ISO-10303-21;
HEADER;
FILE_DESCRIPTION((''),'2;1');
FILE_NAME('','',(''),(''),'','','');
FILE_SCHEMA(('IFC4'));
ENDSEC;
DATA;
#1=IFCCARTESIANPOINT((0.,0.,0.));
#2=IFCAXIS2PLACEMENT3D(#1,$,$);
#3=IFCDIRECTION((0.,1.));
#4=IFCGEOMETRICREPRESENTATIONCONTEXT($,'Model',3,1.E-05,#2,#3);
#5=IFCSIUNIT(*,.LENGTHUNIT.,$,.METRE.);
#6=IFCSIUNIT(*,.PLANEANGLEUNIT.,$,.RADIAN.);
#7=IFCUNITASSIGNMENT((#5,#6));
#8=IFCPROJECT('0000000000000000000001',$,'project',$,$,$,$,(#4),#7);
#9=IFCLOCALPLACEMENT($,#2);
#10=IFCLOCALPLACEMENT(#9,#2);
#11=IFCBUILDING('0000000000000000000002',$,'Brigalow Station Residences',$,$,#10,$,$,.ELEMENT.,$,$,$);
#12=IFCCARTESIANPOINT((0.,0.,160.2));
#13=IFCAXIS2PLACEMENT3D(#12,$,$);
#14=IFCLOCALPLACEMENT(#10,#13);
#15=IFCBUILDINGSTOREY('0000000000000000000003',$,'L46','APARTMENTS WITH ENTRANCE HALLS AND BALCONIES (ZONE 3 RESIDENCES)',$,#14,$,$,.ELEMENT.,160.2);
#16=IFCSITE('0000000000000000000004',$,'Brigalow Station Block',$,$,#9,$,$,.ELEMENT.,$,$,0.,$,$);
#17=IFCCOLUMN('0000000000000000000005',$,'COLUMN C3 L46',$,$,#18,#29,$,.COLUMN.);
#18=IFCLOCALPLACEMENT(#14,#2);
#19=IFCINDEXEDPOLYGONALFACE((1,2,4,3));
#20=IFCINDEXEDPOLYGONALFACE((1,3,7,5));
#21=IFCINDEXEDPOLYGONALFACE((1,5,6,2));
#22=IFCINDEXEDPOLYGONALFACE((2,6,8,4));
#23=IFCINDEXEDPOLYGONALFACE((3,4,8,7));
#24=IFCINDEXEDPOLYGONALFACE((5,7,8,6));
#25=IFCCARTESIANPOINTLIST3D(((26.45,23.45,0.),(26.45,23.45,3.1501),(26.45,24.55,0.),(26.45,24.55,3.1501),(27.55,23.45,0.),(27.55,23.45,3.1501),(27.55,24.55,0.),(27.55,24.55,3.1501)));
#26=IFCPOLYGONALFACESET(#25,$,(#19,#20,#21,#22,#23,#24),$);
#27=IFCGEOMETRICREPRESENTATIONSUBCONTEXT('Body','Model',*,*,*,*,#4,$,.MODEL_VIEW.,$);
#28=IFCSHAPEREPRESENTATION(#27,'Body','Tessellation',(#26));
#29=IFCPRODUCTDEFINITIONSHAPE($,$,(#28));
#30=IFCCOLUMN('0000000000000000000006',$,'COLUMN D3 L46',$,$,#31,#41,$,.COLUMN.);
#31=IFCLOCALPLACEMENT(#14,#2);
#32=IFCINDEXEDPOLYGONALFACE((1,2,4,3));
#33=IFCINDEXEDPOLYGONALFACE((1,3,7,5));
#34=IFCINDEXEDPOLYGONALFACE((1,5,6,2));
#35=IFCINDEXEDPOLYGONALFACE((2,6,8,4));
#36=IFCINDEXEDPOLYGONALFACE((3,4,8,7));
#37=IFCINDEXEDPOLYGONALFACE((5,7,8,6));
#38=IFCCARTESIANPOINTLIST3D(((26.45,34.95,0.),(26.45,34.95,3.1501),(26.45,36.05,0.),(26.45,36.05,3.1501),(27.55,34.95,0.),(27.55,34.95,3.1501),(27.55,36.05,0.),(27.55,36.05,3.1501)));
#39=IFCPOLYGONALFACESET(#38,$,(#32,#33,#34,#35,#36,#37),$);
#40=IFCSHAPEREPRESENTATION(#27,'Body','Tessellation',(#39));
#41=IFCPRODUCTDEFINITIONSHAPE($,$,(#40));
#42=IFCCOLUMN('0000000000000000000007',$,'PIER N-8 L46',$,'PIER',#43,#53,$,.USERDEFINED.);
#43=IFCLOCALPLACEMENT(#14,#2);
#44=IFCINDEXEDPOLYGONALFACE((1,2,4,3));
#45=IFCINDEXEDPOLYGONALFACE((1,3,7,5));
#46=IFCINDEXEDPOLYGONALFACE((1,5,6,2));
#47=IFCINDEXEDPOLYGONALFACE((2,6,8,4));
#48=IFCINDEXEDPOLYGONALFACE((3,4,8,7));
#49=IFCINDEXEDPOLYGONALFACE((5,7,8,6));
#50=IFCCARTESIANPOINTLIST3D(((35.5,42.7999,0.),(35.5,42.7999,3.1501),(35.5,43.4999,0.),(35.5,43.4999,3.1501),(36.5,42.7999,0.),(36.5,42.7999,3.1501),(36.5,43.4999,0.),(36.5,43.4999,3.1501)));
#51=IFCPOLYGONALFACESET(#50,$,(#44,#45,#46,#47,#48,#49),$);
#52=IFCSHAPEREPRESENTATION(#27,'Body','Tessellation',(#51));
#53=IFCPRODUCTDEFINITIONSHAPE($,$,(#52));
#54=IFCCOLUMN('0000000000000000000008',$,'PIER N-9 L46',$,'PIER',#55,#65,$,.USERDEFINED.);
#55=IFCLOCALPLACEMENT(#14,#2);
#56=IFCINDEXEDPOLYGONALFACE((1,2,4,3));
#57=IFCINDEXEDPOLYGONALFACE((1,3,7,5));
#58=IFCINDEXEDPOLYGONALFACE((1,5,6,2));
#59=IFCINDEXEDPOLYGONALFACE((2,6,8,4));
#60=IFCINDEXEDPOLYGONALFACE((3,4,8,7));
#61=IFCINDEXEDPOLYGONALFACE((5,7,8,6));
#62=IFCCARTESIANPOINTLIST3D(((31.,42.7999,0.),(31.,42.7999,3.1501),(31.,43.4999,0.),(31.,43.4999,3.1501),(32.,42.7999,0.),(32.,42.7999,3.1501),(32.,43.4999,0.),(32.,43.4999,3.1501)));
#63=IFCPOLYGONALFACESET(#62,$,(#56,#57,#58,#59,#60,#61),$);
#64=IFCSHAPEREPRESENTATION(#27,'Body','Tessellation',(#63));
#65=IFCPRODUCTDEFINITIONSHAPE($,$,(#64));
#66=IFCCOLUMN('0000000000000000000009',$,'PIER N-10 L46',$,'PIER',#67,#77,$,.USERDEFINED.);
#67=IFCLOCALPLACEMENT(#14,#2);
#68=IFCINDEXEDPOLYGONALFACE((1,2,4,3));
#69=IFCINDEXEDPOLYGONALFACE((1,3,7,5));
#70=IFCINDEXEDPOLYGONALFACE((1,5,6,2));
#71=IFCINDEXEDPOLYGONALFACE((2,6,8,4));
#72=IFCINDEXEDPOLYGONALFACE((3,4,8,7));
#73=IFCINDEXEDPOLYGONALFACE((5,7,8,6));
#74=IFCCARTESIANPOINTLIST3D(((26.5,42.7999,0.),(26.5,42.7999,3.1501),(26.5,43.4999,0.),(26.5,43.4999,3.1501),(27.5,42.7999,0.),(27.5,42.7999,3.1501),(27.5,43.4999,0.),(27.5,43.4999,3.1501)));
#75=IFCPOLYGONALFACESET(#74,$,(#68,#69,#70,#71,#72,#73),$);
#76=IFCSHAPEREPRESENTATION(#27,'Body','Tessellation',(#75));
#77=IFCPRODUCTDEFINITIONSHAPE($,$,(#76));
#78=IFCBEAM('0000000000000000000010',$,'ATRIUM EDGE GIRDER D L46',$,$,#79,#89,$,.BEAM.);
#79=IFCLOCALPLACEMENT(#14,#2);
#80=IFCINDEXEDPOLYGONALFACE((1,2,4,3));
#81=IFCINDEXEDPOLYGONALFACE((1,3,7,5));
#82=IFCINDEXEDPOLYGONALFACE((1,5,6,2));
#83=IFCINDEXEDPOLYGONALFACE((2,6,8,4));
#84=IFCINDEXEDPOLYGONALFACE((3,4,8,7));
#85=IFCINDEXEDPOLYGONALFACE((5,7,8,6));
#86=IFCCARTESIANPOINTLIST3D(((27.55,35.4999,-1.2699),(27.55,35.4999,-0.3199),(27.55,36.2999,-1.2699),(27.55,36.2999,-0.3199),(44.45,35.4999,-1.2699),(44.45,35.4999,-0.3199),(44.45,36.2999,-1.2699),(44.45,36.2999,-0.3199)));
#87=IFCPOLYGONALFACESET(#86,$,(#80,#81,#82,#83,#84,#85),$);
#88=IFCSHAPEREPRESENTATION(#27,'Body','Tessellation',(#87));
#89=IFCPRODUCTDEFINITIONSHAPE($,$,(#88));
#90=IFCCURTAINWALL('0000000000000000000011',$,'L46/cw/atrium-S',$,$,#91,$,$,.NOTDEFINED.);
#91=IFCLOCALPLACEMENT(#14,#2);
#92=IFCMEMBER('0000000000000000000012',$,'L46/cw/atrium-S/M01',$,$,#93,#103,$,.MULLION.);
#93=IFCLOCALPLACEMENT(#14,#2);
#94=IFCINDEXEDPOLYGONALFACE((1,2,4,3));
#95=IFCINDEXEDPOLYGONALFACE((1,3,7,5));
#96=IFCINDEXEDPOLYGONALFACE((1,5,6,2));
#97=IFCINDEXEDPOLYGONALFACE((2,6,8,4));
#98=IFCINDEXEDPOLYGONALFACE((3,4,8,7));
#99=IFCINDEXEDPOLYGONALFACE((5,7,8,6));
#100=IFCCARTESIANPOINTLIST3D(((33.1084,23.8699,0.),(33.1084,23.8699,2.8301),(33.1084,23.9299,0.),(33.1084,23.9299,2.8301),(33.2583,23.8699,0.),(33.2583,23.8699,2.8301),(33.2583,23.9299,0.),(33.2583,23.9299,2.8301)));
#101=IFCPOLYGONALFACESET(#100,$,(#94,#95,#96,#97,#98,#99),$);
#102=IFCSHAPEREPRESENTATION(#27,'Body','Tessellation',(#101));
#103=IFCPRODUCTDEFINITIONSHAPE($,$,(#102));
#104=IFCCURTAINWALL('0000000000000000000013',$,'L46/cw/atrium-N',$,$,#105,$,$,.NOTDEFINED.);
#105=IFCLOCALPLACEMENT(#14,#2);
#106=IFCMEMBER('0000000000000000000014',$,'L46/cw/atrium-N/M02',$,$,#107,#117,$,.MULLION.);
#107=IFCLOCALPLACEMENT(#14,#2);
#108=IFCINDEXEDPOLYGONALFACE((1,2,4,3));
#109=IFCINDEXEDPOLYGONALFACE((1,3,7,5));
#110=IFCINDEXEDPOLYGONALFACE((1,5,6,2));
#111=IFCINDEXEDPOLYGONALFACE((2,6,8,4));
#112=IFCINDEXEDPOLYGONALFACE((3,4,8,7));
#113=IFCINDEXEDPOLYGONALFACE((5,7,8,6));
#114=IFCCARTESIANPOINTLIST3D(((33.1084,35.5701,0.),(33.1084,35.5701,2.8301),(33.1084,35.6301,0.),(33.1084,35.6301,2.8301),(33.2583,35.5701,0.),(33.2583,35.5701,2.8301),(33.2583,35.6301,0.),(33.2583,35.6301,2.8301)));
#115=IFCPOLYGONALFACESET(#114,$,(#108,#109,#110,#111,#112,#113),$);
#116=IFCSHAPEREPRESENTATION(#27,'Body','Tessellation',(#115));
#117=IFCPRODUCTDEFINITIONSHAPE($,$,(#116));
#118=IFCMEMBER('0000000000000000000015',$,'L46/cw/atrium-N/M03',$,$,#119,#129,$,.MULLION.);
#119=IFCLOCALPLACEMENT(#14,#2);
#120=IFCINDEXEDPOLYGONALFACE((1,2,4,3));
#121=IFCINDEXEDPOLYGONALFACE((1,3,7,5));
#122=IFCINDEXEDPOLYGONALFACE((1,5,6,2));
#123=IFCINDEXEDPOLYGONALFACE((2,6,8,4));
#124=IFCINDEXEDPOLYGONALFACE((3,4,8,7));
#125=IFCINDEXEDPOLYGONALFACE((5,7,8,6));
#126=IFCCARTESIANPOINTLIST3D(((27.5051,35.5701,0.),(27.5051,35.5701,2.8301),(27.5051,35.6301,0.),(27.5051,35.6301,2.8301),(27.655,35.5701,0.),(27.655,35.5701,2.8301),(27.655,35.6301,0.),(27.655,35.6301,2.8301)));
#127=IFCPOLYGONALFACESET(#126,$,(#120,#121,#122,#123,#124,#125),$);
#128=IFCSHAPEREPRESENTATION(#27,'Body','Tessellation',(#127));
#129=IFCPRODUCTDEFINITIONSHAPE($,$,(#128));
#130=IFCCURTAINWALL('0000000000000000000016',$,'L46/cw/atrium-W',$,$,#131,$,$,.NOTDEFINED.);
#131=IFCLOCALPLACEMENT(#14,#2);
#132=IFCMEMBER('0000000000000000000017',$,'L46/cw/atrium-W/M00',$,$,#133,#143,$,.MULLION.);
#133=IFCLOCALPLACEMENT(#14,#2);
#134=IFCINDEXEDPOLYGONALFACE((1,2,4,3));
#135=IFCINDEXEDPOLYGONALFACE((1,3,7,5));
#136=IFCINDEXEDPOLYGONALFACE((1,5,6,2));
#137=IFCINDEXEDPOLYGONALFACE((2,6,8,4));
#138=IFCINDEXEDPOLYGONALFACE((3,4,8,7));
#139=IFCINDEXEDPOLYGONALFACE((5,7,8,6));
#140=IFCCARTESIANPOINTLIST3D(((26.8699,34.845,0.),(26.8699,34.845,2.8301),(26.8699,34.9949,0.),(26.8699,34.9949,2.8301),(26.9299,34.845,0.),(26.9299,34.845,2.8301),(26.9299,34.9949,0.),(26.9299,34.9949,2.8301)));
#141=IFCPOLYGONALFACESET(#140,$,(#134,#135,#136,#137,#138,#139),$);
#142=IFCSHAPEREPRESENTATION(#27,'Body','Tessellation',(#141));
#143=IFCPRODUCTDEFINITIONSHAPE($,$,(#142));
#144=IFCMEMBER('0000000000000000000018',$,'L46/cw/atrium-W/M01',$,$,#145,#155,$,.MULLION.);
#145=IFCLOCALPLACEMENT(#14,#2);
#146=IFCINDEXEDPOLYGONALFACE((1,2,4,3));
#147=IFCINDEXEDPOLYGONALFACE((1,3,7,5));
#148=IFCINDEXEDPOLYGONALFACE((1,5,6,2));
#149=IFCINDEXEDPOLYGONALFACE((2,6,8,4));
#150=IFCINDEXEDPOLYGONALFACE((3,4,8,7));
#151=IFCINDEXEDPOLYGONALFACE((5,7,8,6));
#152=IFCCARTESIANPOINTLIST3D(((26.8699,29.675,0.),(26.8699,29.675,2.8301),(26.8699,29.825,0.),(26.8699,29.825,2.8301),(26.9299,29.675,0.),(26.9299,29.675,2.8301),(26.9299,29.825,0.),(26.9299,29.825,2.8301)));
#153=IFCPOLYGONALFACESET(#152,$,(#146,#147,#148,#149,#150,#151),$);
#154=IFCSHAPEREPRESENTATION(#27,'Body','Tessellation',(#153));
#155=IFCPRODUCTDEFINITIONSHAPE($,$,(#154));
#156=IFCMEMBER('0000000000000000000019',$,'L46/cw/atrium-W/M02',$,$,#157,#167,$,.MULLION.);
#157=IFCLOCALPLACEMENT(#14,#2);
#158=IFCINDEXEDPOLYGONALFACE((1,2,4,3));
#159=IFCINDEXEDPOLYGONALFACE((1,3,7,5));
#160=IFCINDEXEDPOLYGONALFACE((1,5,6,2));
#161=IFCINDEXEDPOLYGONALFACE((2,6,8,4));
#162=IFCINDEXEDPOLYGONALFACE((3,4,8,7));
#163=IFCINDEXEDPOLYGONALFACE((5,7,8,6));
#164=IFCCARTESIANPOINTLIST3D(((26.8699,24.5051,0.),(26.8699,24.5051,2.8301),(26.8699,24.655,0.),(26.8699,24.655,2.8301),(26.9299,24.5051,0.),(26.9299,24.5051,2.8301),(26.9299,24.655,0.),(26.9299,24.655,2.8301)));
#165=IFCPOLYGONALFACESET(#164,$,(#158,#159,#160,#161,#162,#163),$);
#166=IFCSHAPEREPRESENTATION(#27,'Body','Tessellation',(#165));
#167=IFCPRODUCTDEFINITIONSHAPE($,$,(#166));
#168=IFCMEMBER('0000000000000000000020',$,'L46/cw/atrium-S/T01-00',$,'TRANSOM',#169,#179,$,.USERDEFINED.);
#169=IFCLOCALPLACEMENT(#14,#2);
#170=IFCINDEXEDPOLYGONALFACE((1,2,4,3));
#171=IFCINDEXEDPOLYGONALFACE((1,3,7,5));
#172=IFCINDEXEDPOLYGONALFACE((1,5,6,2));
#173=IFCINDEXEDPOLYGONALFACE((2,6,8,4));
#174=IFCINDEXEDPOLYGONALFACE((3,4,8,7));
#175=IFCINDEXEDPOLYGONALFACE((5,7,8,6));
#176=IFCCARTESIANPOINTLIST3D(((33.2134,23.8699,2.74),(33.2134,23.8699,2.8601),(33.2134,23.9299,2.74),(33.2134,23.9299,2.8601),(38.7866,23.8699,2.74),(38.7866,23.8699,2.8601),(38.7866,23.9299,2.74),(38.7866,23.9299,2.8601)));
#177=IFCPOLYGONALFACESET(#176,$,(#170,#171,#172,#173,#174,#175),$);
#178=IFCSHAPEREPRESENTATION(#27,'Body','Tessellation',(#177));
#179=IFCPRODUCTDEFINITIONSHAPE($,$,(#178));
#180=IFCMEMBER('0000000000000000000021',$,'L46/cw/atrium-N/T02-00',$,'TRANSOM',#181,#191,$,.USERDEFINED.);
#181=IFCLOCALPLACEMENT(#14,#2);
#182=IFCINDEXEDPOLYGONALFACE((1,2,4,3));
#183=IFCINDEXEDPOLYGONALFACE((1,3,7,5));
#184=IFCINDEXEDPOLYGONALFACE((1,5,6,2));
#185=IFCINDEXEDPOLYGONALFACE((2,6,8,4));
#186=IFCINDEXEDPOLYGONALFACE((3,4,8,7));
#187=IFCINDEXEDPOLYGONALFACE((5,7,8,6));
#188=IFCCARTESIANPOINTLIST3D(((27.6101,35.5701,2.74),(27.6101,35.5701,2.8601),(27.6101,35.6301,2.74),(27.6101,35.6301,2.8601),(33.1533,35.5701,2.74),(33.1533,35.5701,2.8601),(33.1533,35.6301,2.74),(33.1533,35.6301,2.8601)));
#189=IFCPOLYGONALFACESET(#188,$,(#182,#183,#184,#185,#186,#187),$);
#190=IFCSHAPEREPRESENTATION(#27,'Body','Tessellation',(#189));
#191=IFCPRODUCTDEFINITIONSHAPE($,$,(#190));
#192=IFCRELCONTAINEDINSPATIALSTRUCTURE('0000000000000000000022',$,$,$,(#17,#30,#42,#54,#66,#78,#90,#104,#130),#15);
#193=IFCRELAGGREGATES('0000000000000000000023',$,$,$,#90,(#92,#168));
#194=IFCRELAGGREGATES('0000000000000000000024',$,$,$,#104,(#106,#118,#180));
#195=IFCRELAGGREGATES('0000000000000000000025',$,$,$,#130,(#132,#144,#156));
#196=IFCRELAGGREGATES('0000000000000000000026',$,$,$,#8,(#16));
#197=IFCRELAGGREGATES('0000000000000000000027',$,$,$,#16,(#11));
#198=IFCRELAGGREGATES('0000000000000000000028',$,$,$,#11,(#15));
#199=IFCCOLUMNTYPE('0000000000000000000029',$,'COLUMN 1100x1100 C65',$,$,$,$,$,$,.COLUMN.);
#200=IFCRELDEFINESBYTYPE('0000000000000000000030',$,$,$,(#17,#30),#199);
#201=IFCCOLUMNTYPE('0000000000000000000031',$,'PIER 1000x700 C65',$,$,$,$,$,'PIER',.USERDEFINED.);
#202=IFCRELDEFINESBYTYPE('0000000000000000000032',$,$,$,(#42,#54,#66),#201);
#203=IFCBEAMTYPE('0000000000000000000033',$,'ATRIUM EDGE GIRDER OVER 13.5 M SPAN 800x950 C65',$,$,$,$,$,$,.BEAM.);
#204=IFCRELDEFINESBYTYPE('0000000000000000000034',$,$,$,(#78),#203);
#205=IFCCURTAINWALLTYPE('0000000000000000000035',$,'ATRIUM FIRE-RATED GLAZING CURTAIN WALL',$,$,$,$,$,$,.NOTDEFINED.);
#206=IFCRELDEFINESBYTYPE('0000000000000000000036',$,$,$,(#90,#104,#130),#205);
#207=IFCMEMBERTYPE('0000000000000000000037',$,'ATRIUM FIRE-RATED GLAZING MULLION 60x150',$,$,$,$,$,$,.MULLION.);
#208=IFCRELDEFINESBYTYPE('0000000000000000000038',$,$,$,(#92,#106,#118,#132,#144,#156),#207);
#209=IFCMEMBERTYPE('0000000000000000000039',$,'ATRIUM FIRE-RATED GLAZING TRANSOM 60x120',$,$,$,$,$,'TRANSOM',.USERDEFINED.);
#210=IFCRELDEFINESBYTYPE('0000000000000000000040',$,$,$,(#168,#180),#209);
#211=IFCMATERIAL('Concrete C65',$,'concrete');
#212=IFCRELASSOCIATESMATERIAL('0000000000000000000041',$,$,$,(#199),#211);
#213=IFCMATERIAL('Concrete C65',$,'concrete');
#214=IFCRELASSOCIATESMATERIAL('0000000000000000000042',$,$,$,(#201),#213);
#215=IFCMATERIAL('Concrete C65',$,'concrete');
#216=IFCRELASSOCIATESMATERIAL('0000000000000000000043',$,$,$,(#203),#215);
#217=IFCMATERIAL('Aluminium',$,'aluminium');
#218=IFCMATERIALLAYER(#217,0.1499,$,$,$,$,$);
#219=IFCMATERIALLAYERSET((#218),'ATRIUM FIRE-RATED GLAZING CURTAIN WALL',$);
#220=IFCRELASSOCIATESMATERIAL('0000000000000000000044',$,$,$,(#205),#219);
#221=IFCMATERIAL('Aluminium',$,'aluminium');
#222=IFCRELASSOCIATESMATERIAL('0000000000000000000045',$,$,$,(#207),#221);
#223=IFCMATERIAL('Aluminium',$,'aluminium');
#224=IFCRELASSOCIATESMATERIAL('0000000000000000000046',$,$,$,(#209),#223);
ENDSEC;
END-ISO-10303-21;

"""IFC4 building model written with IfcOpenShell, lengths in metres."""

from ifc_helpers import new_model, si_unit, direction, frame, origin, origin_2d, place, context, subcontext, project, spatial, rectangle, extrude, material, layer, layer_set, material_profile, profile_set, type_object, element, aggregate, save


model = new_model("IFC4")

# Units and contexts
model_context = context("Model", 3, precision=1e-05, world=origin(), true_north=direction((0.0, 1.0)))
body_context = subcontext(model_context, "Body", "Model", "MODEL_VIEW")
ifc_project = project(units=[si_unit("LENGTHUNIT", "METRE"), si_unit("PLANEANGLEUNIT", "RADIAN")], contexts=[model_context])

# Site, building, storey
site_placement = place(None, origin())
site = spatial("IfcSite", under=ifc_project, at=site_placement, Name="Brigalow Station Block", CompositionType="ELEMENT", RefElevation=0.0)
building_placement = place(site_placement, origin())
building = spatial("IfcBuilding", under=site, at=building_placement, Name="Brigalow Station Residences", CompositionType="ELEMENT")
storey_placement = place(building_placement, frame((0.0, 0.0, 160.2)))
storey = spatial("IfcBuildingStorey", under=building, at=storey_placement, Name="L46", Description="APARTMENTS WITH ENTRANCE HALLS AND BALCONIES (ZONE 3 RESIDENCES)", CompositionType="ELEMENT", Elevation=160.2)

# Columns
ifc_material_1 = material(Name="Concrete C65", Category="concrete")
ifc_material_profile_1 = material_profile(ifc_material_1, rectangle(XDim=1.1001, YDim=1.1001, at=origin_2d()), Name="RC1100x1100")
ifc_profile_set_1 = profile_set([ifc_material_profile_1], Name="Concrete C65")
column_type_1 = type_object("IfcColumnType", Name="COLUMN 1100x1100 C65", PredefinedType="COLUMN", material=ifc_profile_set_1)
for number, where, z_axis, x_axis, name in (
    (1, (27.0, 24.0, 0.0), (0.0, 0.0, 1.0), (1.0, 0.0, 0.0), "COLUMN C3 L46"),
    (2, (27.0, 35.5, 0.0), (0.0, 0.0, 1.0), (1.0, 0.0, 0.0), "COLUMN D3 L46"),
):
    element("IfcColumn", number, at=place(storey_placement, frame(where, z_axis=z_axis, x_axis=x_axis)), inside=storey, type_object=column_type_1, Name=name, PredefinedType="COLUMN", context=body_context, shape_type="SweptSolid", body=[
        extrude(rectangle(XDim=1.1001, YDim=1.1001, at=origin_2d()), origin(), (0.0, 0.0, 1.0), 3.1501),
    ])
ifc_material_2 = material(Name="Concrete C65", Category="concrete")
ifc_material_profile_2 = material_profile(ifc_material_2, rectangle(XDim=1.0, YDim=0.7, at=origin_2d()), Name="RC1000x700")
ifc_profile_set_2 = profile_set([ifc_material_profile_2], Name="Concrete C65")
column_type_2 = type_object("IfcColumnType", Name="PIER 1000x700 C65", ElementType="PIER", PredefinedType="USERDEFINED", material=ifc_profile_set_2)
for number, where, z_axis, x_axis, name in (
    (3, (36.0, 43.1499, 0.0), (0.0, 0.0, 1.0), (-1.0, 0.0, 0.0), "PIER N-8 L46"),
    (4, (31.5, 43.1499, 0.0), (0.0, 0.0, 1.0), (-1.0, 0.0, 0.0), "PIER N-9 L46"),
    (5, (27.0, 43.1499, 0.0), (0.0, 0.0, 1.0), (-1.0, 0.0, 0.0), "PIER N-10 L46"),
):
    element("IfcColumn", number, at=place(storey_placement, frame(where, z_axis=z_axis, x_axis=x_axis)), inside=storey, type_object=column_type_2, Name=name, ObjectType="PIER", PredefinedType="USERDEFINED", context=body_context, shape_type="SweptSolid", body=[
        extrude(rectangle(XDim=1.0, YDim=0.7, at=origin_2d()), origin(), (0.0, 0.0, 1.0), 3.1501),
    ])

# Beam
ifc_material_3 = material(Name="Concrete C65", Category="concrete")
ifc_material_profile_3 = material_profile(ifc_material_3, rectangle(XDim=0.8, YDim=0.95, at=origin_2d()), Name="RC800x950")
ifc_profile_set_3 = profile_set([ifc_material_profile_3], Name="Concrete C65")
beam_type = type_object("IfcBeamType", Name="ATRIUM EDGE GIRDER OVER 13.5 M SPAN 800x950 C65", PredefinedType="BEAM", material=ifc_profile_set_3)
beam_placement = place(storey_placement, frame((27.55, 35.8999, -0.7949), z_axis=(1.0, 0.0, 0.0), x_axis=(0.0, 1.0, 0.0)))
element("IfcBeam", 6, at=beam_placement, inside=storey, type_object=beam_type, Name="ATRIUM EDGE GIRDER D L46", PredefinedType="BEAM", context=body_context, shape_type="SweptSolid", body=[
    extrude(rectangle(XDim=0.8, YDim=0.95, at=origin_2d()), origin(), (0.0, 0.0, 1.0), 16.8999),
])

# Curtain wall, member
ifc_material_4 = material(Name="Aluminium", Category="aluminium")
ifc_layer_1 = layer(ifc_material_4, 0.1499)
ifc_layer_set_1 = layer_set([ifc_layer_1], Name="ATRIUM FIRE-RATED GLAZING CURTAIN WALL")
curtain_wall_type = type_object("IfcCurtainWallType", Name="ATRIUM FIRE-RATED GLAZING CURTAIN WALL", PredefinedType="NOTDEFINED", material=ifc_layer_set_1)
curtain_wall_1_placement = place(storey_placement, origin())
curtain_wall_1 = element("IfcCurtainWall", 7, at=curtain_wall_1_placement, inside=storey, type_object=curtain_wall_type, Name="L46/cw/atrium-S", PredefinedType="NOTDEFINED")
ifc_material_5 = material(Name="Aluminium", Category="aluminium")
ifc_material_profile_4 = material_profile(ifc_material_5, rectangle(XDim=0.0601, YDim=0.1499, at=origin_2d()), Name="ATRIUM FIRE-RATED GLAZING MULLION 60x150")
ifc_profile_set_4 = profile_set([ifc_material_profile_4], Name="Aluminium")
member_type_1 = type_object("IfcMemberType", Name="ATRIUM FIRE-RATED GLAZING MULLION 60x150", PredefinedType="MULLION", material=ifc_profile_set_4)
member_1_placement = place(storey_placement, frame((33.1833, 23.8999, 0.0), z_axis=(0.0, 0.0, 1.0), x_axis=(0.0, 1.0, 0.0)))
member_1 = element("IfcMember", 8, at=member_1_placement, type_object=member_type_1, Name="L46/cw/atrium-S/M01", PredefinedType="MULLION", context=body_context, shape_type="SweptSolid", body=[
    extrude(rectangle(XDim=0.0601, YDim=0.1499, at=origin_2d()), origin(), (0.0, 0.0, 1.0), 2.8301),
])

# Curtain walls, members
curtain_wall_2_placement = place(storey_placement, origin())
curtain_wall_2 = element("IfcCurtainWall", 9, at=curtain_wall_2_placement, inside=storey, type_object=curtain_wall_type, Name="L46/cw/atrium-N", PredefinedType="NOTDEFINED")
member_2_placement = place(storey_placement, frame((33.1833, 35.6001, 0.0), z_axis=(0.0, 0.0, 1.0), x_axis=(0.0, -1.0, 0.0)))
member_2 = element("IfcMember", 10, at=member_2_placement, type_object=member_type_1, Name="L46/cw/atrium-N/M02", PredefinedType="MULLION", context=body_context, shape_type="SweptSolid", body=[
    extrude(rectangle(XDim=0.0601, YDim=0.1499, at=origin_2d()), origin(), (0.0, 0.0, 1.0), 2.8301),
])
member_3_placement = place(storey_placement, frame((27.5801, 35.6001, 0.0), z_axis=(0.0, 0.0, 1.0), x_axis=(0.0, -1.0, 0.0)))
member_3 = element("IfcMember", 11, at=member_3_placement, type_object=member_type_1, Name="L46/cw/atrium-N/M03", PredefinedType="MULLION", context=body_context, shape_type="SweptSolid", body=[
    extrude(rectangle(XDim=0.0601, YDim=0.1499, at=origin_2d()), origin(), (0.0, 0.0, 1.0), 2.8301),
])
curtain_wall_3_placement = place(storey_placement, origin())
curtain_wall_3 = element("IfcCurtainWall", 12, at=curtain_wall_3_placement, inside=storey, type_object=curtain_wall_type, Name="L46/cw/atrium-W", PredefinedType="NOTDEFINED")
member_4_placement = place(storey_placement, frame((26.8999, 34.9199, 0.0), z_axis=(0.0, 0.0, 1.0), x_axis=(1.0, 0.0, 0.0)))
member_4 = element("IfcMember", 13, at=member_4_placement, type_object=member_type_1, Name="L46/cw/atrium-W/M00", PredefinedType="MULLION", context=body_context, shape_type="SweptSolid", body=[
    extrude(rectangle(XDim=0.0601, YDim=0.1499, at=origin_2d()), origin(), (0.0, 0.0, 1.0), 2.8301),
])
member_5_placement = place(storey_placement, frame((26.8999, 29.75, 0.0), z_axis=(0.0, 0.0, 1.0), x_axis=(1.0, 0.0, 0.0)))
member_5 = element("IfcMember", 14, at=member_5_placement, type_object=member_type_1, Name="L46/cw/atrium-W/M01", PredefinedType="MULLION", context=body_context, shape_type="SweptSolid", body=[
    extrude(rectangle(XDim=0.0601, YDim=0.1499, at=origin_2d()), origin(), (0.0, 0.0, 1.0), 2.8301),
])
member_6_placement = place(storey_placement, frame((26.8999, 24.5801, 0.0), z_axis=(0.0, 0.0, 1.0), x_axis=(1.0, 0.0, 0.0)))
member_6 = element("IfcMember", 15, at=member_6_placement, type_object=member_type_1, Name="L46/cw/atrium-W/M02", PredefinedType="MULLION", context=body_context, shape_type="SweptSolid", body=[
    extrude(rectangle(XDim=0.0601, YDim=0.1499, at=origin_2d()), origin(), (0.0, 0.0, 1.0), 2.8301),
])

# Members
ifc_material_6 = material(Name="Aluminium", Category="aluminium")
ifc_material_profile_5 = material_profile(ifc_material_6, rectangle(XDim=0.0601, YDim=0.1201, at=origin_2d()), Name="ATRIUM FIRE-RATED GLAZING TRANSOM 60x120")
ifc_profile_set_5 = profile_set([ifc_material_profile_5], Name="Aluminium")
member_type_2 = type_object("IfcMemberType", Name="ATRIUM FIRE-RATED GLAZING TRANSOM 60x120", ElementType="TRANSOM", PredefinedType="USERDEFINED", material=ifc_profile_set_5)
member_7_placement = place(storey_placement, frame((33.2134, 23.8999, 2.8), z_axis=(1.0, 0.0, 0.0), x_axis=(0.0, 1.0, 0.0)))
member_7 = element("IfcMember", 16, at=member_7_placement, type_object=member_type_2, Name="L46/cw/atrium-S/T01-00", ObjectType="TRANSOM", PredefinedType="USERDEFINED", context=body_context, shape_type="SweptSolid", body=[
    extrude(rectangle(XDim=0.0601, YDim=0.1201, at=origin_2d()), origin(), (0.0, 0.0, 1.0), 5.5732),
])
member_8_placement = place(storey_placement, frame((33.1533, 35.6001, 2.8), z_axis=(-1.0, 0.0, 0.0), x_axis=(0.0, -1.0, 0.0)))
member_8 = element("IfcMember", 17, at=member_8_placement, type_object=member_type_2, Name="L46/cw/atrium-N/T02-00", ObjectType="TRANSOM", PredefinedType="USERDEFINED", context=body_context, shape_type="SweptSolid", body=[
    extrude(rectangle(XDim=0.0601, YDim=0.1201, at=origin_2d()), origin(), (0.0, 0.0, 1.0), 5.5432),
])

aggregate(curtain_wall_1, [member_1, member_7])
aggregate(curtain_wall_2, [member_2, member_3, member_8])
aggregate(curtain_wall_3, [member_4, member_5, member_6])

save(model, "model.ifc")
